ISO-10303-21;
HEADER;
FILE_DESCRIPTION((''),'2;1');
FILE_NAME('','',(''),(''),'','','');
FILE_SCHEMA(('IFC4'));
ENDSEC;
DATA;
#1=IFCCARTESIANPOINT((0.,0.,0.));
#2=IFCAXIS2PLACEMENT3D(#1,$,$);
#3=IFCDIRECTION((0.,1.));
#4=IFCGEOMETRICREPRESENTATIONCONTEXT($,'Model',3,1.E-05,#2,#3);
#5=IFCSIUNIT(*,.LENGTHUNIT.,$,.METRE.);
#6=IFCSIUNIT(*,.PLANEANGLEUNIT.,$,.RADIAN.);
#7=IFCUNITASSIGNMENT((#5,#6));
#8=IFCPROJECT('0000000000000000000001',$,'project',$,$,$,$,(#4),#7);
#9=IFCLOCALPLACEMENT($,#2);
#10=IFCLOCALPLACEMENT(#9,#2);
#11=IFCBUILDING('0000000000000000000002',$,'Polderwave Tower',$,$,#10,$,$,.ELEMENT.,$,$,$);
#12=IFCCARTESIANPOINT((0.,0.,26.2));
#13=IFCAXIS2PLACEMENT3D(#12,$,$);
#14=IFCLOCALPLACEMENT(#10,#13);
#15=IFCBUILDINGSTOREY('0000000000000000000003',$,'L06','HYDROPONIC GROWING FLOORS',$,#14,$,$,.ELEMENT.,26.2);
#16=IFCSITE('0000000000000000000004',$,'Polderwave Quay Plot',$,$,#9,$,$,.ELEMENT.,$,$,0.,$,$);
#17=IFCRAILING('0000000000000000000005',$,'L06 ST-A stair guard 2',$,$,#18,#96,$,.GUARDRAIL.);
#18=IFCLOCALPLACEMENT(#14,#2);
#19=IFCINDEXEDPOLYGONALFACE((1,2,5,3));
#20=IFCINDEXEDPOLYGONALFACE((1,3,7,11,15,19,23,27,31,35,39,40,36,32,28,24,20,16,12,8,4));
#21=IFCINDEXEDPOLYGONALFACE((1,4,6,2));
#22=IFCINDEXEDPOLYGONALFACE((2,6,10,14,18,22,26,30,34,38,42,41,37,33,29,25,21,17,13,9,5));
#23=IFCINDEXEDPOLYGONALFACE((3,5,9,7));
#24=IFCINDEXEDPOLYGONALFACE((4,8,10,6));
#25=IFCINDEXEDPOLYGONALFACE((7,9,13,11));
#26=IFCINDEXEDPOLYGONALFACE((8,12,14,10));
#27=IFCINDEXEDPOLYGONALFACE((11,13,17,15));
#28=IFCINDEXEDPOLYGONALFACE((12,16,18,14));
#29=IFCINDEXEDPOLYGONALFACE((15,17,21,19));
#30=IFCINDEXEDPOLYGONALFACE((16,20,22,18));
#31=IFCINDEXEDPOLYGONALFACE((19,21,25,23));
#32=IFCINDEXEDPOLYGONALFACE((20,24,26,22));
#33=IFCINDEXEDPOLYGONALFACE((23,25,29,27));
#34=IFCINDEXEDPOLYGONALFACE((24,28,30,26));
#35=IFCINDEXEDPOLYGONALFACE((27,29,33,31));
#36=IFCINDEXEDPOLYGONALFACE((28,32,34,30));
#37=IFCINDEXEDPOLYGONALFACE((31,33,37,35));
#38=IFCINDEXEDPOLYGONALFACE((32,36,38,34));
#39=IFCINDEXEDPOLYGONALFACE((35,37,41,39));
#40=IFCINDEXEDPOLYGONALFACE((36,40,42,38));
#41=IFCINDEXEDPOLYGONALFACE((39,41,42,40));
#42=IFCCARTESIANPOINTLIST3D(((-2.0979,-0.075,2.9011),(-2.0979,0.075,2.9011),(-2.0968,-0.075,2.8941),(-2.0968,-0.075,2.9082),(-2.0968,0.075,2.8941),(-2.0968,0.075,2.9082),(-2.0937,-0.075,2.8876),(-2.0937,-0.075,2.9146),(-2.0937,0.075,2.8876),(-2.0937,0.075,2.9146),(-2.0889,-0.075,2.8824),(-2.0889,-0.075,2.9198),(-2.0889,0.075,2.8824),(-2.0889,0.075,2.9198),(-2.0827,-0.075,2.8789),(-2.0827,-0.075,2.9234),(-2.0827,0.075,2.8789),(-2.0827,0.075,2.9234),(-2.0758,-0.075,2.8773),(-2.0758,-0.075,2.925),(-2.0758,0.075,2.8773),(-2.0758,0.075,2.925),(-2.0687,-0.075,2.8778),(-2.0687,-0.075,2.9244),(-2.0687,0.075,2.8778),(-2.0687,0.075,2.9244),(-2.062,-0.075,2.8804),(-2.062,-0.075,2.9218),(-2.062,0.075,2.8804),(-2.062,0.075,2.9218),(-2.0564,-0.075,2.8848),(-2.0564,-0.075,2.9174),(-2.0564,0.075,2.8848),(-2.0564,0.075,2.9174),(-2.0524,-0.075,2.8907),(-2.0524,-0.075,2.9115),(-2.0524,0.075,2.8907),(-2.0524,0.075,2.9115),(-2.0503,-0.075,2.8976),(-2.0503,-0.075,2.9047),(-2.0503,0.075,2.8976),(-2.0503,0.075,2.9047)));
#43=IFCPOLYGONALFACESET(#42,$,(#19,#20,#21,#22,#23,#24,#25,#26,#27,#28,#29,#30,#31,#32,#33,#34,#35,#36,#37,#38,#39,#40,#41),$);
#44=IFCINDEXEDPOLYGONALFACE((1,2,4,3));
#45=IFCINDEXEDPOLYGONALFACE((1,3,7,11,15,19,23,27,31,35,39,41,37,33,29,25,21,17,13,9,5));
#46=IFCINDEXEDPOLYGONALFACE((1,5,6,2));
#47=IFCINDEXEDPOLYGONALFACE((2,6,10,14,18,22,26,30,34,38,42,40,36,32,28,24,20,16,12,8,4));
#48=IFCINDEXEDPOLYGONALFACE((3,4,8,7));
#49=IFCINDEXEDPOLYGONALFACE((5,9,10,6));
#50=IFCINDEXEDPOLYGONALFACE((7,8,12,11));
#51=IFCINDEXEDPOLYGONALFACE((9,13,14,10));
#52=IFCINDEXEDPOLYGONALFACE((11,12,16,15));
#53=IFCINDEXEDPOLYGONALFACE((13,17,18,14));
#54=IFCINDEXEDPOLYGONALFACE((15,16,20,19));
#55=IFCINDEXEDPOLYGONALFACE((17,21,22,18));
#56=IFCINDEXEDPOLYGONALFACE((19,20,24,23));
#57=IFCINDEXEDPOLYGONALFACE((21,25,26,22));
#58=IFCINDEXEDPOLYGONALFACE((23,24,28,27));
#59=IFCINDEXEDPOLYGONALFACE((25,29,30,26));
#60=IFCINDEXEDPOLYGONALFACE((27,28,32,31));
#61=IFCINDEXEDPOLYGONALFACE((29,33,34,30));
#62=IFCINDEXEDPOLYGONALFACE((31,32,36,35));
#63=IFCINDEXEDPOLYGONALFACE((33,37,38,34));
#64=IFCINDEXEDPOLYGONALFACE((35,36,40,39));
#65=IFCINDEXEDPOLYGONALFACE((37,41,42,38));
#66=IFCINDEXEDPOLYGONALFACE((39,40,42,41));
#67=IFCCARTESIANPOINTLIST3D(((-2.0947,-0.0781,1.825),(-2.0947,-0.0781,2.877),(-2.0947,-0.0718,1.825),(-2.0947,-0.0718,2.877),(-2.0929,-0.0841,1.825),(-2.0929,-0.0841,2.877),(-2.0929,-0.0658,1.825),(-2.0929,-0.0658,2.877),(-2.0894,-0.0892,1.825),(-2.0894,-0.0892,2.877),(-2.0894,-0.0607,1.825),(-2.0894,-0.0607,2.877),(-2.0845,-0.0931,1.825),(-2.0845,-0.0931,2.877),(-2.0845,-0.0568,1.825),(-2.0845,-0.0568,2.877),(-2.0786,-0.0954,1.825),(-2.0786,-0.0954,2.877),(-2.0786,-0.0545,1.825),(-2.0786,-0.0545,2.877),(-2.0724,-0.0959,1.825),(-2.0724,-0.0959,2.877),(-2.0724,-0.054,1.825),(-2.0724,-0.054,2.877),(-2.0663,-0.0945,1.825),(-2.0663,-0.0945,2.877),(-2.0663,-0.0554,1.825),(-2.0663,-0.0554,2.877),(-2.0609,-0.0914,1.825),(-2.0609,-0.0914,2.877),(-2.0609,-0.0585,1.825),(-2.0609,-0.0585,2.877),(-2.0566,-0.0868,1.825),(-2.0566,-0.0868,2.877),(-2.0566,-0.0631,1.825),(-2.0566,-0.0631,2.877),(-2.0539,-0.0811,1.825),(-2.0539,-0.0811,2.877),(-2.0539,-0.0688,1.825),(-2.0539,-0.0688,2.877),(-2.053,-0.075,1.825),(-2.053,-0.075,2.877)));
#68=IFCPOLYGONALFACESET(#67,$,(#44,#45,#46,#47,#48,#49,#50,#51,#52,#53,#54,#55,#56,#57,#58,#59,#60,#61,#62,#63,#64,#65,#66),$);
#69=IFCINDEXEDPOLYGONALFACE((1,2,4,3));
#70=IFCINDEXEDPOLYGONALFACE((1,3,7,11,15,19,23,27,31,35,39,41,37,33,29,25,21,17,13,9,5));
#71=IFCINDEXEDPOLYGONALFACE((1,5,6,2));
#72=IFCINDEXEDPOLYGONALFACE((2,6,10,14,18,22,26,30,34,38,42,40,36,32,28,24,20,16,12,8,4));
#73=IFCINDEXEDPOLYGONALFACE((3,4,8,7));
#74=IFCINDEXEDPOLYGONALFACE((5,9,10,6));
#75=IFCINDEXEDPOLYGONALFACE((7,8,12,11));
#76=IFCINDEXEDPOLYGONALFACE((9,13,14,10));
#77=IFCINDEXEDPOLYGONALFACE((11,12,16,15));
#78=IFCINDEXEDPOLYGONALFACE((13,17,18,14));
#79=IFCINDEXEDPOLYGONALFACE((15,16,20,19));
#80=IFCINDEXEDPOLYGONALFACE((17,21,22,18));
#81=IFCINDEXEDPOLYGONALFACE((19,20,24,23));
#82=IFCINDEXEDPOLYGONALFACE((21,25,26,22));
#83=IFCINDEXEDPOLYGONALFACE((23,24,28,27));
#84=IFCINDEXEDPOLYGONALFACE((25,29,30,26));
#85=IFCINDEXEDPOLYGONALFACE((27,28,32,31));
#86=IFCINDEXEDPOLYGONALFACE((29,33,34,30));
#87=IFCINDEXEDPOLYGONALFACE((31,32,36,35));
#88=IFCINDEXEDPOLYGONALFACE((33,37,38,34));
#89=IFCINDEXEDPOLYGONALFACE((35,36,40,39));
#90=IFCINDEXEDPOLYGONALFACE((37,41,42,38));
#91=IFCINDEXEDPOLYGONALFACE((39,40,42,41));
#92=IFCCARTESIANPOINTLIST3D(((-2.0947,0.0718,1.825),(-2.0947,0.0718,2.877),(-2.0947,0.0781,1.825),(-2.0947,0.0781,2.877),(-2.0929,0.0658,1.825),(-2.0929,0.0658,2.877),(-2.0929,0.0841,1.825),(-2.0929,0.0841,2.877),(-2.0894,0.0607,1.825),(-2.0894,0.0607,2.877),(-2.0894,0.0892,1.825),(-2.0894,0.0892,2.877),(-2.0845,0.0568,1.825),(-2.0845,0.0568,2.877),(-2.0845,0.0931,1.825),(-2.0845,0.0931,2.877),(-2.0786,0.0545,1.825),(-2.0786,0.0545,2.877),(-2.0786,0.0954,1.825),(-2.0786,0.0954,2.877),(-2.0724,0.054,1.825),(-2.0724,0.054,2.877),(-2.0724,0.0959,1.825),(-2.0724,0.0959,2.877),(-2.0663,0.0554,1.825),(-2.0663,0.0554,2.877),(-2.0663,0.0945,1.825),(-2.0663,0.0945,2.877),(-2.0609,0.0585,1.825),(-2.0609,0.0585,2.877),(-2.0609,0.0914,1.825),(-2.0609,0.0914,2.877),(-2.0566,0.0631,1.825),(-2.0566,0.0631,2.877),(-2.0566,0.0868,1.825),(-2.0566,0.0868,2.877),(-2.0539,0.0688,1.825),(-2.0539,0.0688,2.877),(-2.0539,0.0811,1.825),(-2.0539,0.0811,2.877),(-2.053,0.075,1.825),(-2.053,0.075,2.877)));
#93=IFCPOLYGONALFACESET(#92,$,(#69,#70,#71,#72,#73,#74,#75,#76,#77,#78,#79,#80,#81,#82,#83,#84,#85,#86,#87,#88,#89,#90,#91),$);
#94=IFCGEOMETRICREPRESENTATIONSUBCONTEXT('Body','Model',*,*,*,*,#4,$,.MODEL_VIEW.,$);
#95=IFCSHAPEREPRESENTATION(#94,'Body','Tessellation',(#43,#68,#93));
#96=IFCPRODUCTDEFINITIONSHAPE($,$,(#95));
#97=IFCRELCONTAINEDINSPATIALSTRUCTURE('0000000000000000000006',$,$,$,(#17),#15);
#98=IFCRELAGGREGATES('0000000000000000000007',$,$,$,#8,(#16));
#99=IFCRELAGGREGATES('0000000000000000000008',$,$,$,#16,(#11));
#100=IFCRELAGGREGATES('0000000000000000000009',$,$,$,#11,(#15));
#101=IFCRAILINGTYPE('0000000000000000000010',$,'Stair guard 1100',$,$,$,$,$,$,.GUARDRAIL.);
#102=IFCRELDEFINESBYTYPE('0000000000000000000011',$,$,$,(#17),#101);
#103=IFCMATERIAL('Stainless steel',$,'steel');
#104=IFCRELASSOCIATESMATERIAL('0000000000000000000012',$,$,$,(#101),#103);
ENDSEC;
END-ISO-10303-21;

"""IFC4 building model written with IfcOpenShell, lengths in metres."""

from ifc_helpers import new_model, si_unit, direction, frame, origin, origin_2d, place, context, subcontext, project, spatial, circle, extrude, material, type_object, element, save


model = new_model("IFC4")

# Units and contexts
model_context = context("Model", 3, precision=1e-05, world=origin(), true_north=direction((0.0, 1.0)))
body_context = subcontext(model_context, "Body", "Model", "MODEL_VIEW")
ifc_project = project(units=[si_unit("LENGTHUNIT", "METRE"), si_unit("PLANEANGLEUNIT", "RADIAN")], contexts=[model_context])

# Site, building, storey
site_placement = place(None, origin())
site = spatial("IfcSite", under=ifc_project, at=site_placement, Name="Polderwave Quay Plot", CompositionType="ELEMENT", RefElevation=0.0)
building_placement = place(site_placement, origin())
building = spatial("IfcBuilding", under=site, at=building_placement, Name="Polderwave Tower", CompositionType="ELEMENT")
storey_placement = place(building_placement, frame((0.0, 0.0, 26.2)))
storey = spatial("IfcBuildingStorey", under=building, at=storey_placement, Name="L06", Description="HYDROPONIC GROWING FLOORS", CompositionType="ELEMENT", Elevation=26.2)

# Railing
ifc_material_1 = material(Name="Stainless steel", Category="steel")
railing_type_1 = type_object("IfcRailingType", Name="Stair guard 1100", PredefinedType="GUARDRAIL", material=ifc_material_1)
railing_1_placement = place(storey_placement, frame((-2.074, -0.075, 1.825)))
element("IfcRailing", 1, at=railing_1_placement, inside=storey, type_object=railing_type_1, Name="L06 ST-A stair guard 2", PredefinedType="GUARDRAIL", context=body_context, shape_type="SweptSolid", body=[
    extrude(circle(Radius=0.0239, at=origin_2d()), frame((0.0, 0.0, 1.0762), z_axis=(0.0, 1.0, 0.0), x_axis=(-1.0, 0.0, 0.0)), (0.0, 0.0, 1.0), 0.1499),
    extrude(circle(Radius=0.021, at=origin_2d()), origin(), (0.0, 0.0, 1.0), 1.052),
    extrude(circle(Radius=0.021, at=origin_2d()), frame((0.0, 0.1499, 0.0)), (0.0, 0.0, 1.0), 1.052),
])

save(model, "model.ifc")
